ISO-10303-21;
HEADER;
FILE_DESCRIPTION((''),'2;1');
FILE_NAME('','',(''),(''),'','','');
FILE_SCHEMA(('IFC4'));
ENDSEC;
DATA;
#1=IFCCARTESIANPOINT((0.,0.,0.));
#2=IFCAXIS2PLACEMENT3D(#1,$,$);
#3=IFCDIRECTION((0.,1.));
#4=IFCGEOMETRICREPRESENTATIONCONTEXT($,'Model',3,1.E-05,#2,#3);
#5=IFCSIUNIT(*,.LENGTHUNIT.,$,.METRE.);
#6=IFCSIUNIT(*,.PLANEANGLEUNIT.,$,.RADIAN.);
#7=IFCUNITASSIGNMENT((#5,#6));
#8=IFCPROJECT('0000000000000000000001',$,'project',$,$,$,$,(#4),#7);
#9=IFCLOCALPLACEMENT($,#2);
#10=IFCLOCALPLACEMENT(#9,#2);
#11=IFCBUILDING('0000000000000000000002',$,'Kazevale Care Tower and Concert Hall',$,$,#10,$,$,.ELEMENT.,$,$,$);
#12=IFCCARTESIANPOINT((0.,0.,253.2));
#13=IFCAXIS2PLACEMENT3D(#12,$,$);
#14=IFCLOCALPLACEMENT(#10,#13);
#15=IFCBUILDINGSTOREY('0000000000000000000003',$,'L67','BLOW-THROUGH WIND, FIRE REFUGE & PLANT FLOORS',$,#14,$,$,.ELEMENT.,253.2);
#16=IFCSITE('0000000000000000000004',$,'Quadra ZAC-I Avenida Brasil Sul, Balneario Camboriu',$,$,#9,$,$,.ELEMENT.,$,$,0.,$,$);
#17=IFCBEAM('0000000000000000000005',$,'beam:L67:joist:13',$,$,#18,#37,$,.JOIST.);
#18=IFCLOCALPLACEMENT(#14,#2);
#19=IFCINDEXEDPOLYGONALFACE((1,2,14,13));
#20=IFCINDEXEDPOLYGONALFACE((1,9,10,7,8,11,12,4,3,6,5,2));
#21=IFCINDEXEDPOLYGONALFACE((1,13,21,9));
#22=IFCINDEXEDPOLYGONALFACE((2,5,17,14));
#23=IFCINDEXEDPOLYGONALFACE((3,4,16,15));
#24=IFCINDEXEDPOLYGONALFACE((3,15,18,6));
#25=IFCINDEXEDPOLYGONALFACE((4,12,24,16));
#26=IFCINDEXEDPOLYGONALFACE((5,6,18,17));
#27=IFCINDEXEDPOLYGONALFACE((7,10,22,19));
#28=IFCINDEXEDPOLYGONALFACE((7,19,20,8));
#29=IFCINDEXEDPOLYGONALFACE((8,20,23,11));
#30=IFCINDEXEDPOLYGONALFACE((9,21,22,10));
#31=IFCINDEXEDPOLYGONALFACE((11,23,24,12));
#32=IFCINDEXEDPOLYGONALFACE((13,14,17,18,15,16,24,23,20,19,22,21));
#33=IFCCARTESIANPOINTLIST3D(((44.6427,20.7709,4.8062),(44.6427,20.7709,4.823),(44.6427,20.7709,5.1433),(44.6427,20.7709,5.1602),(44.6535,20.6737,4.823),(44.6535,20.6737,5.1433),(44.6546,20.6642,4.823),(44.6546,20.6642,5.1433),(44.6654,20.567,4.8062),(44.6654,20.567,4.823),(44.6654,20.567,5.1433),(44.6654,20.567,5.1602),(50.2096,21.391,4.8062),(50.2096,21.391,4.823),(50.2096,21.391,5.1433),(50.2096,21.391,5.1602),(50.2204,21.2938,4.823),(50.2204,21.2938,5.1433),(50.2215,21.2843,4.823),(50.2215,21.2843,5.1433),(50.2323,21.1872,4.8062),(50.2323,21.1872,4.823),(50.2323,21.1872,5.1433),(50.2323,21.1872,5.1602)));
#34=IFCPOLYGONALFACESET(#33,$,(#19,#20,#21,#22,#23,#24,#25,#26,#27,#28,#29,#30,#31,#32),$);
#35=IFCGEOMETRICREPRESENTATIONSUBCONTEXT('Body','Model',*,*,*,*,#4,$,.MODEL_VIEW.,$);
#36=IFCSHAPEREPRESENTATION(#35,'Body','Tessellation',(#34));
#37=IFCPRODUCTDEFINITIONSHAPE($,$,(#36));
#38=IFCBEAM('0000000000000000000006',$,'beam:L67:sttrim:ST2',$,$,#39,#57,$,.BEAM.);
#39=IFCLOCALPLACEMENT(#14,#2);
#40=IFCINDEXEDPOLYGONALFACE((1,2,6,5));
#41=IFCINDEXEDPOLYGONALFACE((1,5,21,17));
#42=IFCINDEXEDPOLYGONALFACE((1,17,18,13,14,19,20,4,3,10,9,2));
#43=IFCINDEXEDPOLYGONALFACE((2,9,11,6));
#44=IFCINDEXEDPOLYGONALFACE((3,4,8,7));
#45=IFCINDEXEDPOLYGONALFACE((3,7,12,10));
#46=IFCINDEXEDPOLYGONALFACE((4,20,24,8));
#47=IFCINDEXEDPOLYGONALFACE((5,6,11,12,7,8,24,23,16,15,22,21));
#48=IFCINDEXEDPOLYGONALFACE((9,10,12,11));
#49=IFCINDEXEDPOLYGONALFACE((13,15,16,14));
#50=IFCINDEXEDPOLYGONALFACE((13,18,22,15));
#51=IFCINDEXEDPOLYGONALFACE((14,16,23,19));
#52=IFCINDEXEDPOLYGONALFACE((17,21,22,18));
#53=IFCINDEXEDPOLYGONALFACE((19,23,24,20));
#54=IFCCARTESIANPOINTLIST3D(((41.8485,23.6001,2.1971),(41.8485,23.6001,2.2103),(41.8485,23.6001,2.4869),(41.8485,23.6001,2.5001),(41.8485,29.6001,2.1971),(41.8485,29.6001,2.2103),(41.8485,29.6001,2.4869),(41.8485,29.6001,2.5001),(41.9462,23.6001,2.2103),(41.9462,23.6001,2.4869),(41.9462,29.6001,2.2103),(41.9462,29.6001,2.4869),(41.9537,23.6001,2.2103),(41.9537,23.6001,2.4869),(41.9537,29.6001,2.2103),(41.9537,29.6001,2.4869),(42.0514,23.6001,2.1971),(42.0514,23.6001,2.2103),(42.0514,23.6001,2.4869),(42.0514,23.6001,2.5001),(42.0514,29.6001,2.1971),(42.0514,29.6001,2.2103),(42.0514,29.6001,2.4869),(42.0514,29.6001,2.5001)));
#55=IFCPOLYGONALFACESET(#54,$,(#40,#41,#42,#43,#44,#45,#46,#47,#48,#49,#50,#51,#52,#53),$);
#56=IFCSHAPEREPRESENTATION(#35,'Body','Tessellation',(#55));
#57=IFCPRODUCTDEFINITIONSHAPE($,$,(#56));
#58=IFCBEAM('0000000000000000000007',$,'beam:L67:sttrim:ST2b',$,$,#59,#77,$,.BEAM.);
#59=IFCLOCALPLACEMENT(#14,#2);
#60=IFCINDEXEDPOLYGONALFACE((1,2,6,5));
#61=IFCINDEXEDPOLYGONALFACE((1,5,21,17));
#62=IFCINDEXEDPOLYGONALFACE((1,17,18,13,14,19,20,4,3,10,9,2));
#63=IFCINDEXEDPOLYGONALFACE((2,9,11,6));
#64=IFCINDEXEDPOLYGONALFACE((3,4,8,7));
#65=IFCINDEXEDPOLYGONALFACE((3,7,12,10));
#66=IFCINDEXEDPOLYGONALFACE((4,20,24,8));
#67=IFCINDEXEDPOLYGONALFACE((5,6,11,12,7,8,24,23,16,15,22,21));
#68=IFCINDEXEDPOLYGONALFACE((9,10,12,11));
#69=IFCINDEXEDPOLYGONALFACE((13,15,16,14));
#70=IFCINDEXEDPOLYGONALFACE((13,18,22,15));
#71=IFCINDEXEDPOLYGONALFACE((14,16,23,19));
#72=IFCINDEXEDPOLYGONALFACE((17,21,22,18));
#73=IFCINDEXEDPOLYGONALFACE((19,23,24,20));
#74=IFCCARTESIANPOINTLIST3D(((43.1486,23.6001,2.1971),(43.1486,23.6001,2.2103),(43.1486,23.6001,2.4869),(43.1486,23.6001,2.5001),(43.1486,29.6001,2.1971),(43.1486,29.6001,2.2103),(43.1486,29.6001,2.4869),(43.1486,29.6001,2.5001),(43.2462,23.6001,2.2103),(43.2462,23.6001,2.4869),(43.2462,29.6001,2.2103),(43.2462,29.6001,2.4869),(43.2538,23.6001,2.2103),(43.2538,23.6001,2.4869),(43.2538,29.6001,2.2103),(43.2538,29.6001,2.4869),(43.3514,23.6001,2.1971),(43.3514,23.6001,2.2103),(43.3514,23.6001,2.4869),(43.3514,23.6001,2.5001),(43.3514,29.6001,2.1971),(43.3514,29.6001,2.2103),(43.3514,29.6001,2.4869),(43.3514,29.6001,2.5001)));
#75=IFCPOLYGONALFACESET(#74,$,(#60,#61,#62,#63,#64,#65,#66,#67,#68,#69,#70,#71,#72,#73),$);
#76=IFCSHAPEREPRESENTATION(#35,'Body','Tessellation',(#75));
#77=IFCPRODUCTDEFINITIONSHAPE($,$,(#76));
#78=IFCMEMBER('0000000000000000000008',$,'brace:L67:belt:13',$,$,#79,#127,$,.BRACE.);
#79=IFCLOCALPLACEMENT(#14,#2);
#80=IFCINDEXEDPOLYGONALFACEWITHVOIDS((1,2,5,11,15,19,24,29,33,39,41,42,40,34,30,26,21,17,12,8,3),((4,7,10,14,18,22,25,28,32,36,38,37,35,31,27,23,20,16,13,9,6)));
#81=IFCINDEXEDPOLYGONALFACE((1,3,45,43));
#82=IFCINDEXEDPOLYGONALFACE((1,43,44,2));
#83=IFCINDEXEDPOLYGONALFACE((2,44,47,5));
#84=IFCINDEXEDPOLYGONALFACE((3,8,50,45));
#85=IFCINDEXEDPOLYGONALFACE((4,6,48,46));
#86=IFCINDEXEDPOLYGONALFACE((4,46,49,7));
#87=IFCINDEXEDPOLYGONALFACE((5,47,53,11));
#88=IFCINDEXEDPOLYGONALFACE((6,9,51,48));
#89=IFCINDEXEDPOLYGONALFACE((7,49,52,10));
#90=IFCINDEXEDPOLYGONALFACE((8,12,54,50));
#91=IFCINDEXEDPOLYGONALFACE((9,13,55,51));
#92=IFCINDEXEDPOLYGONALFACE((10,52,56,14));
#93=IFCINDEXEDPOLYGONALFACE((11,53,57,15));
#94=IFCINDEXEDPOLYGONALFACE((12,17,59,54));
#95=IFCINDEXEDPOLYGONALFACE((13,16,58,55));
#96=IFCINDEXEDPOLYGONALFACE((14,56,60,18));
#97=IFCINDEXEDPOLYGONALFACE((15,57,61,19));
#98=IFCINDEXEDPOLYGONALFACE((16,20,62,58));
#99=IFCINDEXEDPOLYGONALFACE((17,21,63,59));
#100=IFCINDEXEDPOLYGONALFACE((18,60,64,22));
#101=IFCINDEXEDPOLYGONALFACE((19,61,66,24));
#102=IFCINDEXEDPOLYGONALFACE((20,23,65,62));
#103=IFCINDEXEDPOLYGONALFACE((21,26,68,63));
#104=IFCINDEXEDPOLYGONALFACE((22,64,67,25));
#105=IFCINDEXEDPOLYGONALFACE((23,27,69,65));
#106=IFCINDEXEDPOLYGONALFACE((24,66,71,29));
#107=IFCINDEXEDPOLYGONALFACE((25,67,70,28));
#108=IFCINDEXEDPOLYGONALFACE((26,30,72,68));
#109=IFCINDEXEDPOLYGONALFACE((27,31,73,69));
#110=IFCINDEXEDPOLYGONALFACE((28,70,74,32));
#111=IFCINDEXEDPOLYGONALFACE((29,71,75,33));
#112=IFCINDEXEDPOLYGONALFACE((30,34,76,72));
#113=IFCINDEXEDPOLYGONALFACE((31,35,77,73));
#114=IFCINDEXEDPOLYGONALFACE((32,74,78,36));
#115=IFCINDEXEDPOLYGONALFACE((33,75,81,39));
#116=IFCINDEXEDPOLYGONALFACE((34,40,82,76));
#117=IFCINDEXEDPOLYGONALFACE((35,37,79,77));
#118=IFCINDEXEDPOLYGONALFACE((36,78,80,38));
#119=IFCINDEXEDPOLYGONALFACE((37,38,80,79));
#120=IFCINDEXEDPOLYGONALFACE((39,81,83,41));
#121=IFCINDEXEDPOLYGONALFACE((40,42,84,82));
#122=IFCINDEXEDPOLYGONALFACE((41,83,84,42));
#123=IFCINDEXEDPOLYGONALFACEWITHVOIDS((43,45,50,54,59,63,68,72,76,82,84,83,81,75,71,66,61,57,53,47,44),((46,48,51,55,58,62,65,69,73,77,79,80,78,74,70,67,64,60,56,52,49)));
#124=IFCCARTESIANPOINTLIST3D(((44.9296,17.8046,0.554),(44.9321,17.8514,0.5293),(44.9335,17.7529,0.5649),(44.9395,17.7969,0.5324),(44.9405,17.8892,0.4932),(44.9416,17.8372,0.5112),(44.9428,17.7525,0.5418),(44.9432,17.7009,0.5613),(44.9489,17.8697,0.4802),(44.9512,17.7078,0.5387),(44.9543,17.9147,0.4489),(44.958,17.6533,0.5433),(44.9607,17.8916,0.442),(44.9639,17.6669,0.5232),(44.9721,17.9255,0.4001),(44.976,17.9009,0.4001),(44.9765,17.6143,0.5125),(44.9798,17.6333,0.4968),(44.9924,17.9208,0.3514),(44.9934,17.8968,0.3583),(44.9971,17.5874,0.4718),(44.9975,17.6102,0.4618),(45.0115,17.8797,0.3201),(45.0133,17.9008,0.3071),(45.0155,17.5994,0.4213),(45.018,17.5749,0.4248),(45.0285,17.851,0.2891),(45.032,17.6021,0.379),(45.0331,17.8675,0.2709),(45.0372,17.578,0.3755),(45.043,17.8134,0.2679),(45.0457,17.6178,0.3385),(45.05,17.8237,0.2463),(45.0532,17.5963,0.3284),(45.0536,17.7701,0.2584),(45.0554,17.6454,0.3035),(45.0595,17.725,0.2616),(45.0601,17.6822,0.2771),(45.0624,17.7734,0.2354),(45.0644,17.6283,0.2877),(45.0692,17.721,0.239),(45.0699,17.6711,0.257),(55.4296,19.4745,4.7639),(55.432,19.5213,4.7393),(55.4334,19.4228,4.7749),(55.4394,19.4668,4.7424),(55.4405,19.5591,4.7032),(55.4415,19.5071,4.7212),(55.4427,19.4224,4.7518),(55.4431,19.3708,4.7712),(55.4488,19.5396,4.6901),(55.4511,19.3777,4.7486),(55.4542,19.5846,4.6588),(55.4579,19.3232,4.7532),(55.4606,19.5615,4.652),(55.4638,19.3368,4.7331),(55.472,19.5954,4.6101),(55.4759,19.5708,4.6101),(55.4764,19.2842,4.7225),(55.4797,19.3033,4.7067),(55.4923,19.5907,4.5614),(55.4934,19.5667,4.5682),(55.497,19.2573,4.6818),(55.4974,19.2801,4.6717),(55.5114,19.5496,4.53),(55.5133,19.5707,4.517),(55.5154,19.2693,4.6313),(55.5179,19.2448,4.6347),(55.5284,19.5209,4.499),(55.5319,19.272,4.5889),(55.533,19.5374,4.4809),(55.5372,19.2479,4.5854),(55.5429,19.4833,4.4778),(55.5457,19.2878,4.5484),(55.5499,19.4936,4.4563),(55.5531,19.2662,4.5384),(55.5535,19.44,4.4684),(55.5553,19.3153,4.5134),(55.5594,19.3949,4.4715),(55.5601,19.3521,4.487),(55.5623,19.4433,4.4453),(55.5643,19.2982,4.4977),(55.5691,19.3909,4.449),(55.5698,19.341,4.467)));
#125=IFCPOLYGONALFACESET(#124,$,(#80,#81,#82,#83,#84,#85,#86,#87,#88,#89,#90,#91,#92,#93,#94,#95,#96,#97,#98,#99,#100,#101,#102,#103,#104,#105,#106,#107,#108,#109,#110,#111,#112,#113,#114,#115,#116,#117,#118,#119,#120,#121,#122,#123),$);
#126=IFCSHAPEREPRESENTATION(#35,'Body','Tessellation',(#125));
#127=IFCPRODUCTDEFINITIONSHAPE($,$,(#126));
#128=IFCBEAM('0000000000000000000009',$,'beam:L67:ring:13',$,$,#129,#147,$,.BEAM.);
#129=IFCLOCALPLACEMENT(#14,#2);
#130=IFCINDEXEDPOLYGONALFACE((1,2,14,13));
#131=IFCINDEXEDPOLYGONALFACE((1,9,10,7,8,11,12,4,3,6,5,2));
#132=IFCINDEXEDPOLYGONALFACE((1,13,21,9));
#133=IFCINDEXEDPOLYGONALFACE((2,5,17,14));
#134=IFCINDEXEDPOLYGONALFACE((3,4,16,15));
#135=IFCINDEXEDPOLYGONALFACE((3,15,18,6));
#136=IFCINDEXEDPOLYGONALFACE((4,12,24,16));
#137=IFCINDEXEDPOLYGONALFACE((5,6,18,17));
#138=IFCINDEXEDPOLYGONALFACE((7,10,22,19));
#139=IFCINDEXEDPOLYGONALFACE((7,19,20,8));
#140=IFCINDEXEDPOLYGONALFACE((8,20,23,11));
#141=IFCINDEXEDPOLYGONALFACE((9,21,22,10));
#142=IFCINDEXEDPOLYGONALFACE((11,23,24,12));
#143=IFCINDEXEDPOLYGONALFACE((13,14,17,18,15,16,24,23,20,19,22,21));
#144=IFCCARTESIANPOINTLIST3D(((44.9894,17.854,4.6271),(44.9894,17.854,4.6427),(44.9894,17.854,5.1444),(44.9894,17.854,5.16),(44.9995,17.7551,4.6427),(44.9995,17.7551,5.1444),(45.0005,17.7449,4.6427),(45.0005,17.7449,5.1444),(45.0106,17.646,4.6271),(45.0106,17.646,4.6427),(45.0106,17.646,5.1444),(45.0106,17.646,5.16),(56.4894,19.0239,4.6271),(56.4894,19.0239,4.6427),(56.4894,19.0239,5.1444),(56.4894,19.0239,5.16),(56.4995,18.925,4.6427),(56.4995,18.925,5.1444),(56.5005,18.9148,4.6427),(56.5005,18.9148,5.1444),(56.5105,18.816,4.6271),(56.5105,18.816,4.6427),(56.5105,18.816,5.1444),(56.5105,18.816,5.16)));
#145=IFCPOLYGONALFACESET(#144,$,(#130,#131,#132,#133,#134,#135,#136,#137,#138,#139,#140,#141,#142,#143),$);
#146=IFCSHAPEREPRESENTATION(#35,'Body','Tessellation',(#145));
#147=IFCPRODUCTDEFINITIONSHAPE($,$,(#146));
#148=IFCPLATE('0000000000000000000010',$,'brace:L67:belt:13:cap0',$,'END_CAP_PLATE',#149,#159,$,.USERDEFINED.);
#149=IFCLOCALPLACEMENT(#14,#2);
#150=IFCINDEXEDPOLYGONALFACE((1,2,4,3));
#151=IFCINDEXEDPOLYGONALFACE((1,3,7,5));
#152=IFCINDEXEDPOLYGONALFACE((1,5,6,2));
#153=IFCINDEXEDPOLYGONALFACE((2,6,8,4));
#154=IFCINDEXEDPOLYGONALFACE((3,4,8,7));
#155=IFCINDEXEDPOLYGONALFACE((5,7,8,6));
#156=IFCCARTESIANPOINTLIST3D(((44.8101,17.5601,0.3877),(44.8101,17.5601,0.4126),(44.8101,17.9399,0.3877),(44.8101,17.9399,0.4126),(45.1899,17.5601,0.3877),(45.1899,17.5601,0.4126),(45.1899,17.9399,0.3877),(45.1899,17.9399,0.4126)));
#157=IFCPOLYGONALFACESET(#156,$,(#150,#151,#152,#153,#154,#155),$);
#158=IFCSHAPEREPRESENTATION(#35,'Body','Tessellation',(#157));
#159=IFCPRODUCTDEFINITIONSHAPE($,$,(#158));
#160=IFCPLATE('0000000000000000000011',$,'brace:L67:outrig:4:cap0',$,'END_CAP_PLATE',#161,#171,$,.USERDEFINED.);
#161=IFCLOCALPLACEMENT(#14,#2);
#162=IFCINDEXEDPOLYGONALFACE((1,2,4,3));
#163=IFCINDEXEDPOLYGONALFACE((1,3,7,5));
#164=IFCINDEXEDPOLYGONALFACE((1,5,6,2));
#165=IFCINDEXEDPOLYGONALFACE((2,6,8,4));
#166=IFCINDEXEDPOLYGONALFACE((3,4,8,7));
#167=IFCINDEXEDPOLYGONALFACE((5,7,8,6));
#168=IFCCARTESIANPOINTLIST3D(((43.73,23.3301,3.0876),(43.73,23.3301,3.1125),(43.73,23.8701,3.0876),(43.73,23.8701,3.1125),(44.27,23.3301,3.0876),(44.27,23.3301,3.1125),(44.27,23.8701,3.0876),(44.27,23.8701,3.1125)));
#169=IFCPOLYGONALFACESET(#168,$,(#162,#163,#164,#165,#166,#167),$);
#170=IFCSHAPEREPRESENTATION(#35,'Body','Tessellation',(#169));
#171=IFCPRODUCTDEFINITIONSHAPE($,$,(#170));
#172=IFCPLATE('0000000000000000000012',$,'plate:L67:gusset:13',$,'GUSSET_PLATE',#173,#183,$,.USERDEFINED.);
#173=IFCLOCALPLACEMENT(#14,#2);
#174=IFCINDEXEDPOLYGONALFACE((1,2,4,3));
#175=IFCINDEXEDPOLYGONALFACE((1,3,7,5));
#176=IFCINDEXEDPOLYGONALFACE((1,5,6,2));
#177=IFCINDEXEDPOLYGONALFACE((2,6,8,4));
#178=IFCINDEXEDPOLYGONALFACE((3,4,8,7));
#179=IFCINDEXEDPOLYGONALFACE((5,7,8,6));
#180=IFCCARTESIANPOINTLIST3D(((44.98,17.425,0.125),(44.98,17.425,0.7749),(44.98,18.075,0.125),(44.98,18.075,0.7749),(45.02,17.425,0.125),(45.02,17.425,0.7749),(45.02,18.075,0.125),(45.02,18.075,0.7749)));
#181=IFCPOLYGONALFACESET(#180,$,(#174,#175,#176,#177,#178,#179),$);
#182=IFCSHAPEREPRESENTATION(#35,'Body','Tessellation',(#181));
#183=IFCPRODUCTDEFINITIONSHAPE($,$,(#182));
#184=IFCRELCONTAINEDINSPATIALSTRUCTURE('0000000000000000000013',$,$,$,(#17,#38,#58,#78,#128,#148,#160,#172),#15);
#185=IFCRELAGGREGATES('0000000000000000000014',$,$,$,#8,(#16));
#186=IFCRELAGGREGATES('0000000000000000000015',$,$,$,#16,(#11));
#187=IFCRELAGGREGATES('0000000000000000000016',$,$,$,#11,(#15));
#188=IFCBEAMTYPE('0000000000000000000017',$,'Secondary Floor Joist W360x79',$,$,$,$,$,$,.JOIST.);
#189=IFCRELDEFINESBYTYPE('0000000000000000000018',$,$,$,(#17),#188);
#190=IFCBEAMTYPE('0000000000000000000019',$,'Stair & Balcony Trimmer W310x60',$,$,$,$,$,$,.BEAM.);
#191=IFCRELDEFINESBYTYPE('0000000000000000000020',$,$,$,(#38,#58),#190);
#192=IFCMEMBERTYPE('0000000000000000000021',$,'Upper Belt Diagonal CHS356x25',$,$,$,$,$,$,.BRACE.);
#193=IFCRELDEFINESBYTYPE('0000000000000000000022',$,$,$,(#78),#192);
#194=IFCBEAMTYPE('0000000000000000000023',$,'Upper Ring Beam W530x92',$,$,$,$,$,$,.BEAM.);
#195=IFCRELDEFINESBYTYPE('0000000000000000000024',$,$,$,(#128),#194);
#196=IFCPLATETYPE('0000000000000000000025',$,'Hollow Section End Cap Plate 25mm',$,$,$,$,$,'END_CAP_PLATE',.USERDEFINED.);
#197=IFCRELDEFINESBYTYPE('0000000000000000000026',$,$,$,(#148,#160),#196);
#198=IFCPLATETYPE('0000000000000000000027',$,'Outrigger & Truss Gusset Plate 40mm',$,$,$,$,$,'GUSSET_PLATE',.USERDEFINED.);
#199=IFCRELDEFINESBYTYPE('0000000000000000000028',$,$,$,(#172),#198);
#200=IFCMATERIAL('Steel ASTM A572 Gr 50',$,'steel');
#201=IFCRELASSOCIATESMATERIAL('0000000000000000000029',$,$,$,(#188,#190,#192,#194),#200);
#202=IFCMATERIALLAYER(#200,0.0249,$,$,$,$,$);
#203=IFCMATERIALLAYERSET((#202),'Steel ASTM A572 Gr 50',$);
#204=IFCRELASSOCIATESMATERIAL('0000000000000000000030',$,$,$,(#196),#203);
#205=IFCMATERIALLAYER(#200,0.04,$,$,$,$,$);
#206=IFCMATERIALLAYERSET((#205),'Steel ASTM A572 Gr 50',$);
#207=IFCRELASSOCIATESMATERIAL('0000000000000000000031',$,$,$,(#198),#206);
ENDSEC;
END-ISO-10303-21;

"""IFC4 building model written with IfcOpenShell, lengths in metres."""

from ifc_helpers import new_model, si_unit, direction, frame, origin, origin_2d, place, context, subcontext, project, spatial, rectangle, hollow_circle, i_section, extrude, material, layer, layer_set, material_profile, profile_set, type_object, element, save


model = new_model("IFC4")

# Units and contexts
model_context = context("Model", 3, precision=1e-05, world=origin(), true_north=direction((0.0, 1.0)))
body_context = subcontext(model_context, "Body", "Model", "MODEL_VIEW")
ifc_project = project(units=[si_unit("LENGTHUNIT", "METRE"), si_unit("PLANEANGLEUNIT", "RADIAN")], contexts=[model_context])

# Site, building, storey
site_placement = place(None, origin())
site = spatial("IfcSite", under=ifc_project, at=site_placement, Name="Quadra ZAC-I Avenida Brasil Sul, Balneario Camboriu", CompositionType="ELEMENT", RefElevation=0.0)
building_placement = place(site_placement, origin())
building = spatial("IfcBuilding", under=site, at=building_placement, Name="Kazevale Care Tower and Concert Hall", CompositionType="ELEMENT")
storey_placement = place(building_placement, frame((0.0, 0.0, 253.2)))
storey = spatial("IfcBuildingStorey", under=building, at=storey_placement, Name="L67", Description="BLOW-THROUGH WIND, FIRE REFUGE & PLANT FLOORS", CompositionType="ELEMENT", Elevation=253.2)

# Shared definitions
ifc_material_1 = material(Name="Steel ASTM A572 Gr 50", Category="steel")

# Beams
ifc_material_profile_1 = material_profile(ifc_material_1, i_section(OverallWidth=0.2051, OverallDepth=0.354, WebThickness=0.0095, FlangeThickness=0.0168, at=origin_2d()), Name="W360x79")
ifc_profile_set_1 = profile_set([ifc_material_profile_1], Name="Steel ASTM A572 Gr 50")
beam_type_1 = type_object("IfcBeamType", Name="Secondary Floor Joist W360x79", PredefinedType="JOIST", material=ifc_profile_set_1)
beam_1_placement = place(storey_placement, frame((44.6541, 20.6689, 4.9832), z_axis=(0.993853, 0.110709, 0.0), x_axis=(-0.110709, 0.993853, 0.0)))
element("IfcBeam", 1, at=beam_1_placement, inside=storey, type_object=beam_type_1, Name="beam:L67:joist:13", PredefinedType="JOIST", context=body_context, shape_type="SweptSolid", body=[
    extrude(i_section(OverallWidth=0.2051, OverallDepth=0.354, WebThickness=0.0095, FlangeThickness=0.0168, at=origin_2d()), origin(), (0.0, 0.0, 1.0), 5.6013),
])
ifc_material_profile_2 = material_profile(ifc_material_1, i_section(OverallWidth=0.2029, OverallDepth=0.303, WebThickness=0.0076, FlangeThickness=0.0132, at=origin_2d()), Name="W310x60")
ifc_profile_set_2 = profile_set([ifc_material_profile_2], Name="Steel ASTM A572 Gr 50")
beam_type_2 = type_object("IfcBeamType", Name="Stair & Balcony Trimmer W310x60", PredefinedType="BEAM", material=ifc_profile_set_2)
for number, where, z_axis, x_axis, name in (
    (2, (41.95, 23.6001, 2.3486), (0.0, 1.0, 0.0), (-1.0, 0.0, 0.0), "beam:L67:sttrim:ST2"),
    (3, (43.25, 23.6001, 2.3486), (0.0, 1.0, 0.0), (-1.0, 0.0, 0.0), "beam:L67:sttrim:ST2b"),
):
    element("IfcBeam", number, at=place(storey_placement, frame(where, z_axis=z_axis, x_axis=x_axis)), inside=storey, type_object=beam_type_2, Name=name, PredefinedType="BEAM", context=body_context, shape_type="SweptSolid", body=[
        extrude(i_section(OverallWidth=0.2029, OverallDepth=0.303, WebThickness=0.0076, FlangeThickness=0.0132, at=origin_2d()), origin(), (0.0, 0.0, 1.0), 6.0),
    ])

# Member
ifc_material_profile_3 = material_profile(ifc_material_1, hollow_circle(Radius=0.1777, WallThickness=0.0249, at=origin_2d()), Name="CHS356x25")
ifc_profile_set_3 = profile_set([ifc_material_profile_3], Name="Steel ASTM A572 Gr 50")
member_type_1 = type_object("IfcMemberType", Name="Upper Belt Diagonal CHS356x25", PredefinedType="BRACE", material=ifc_profile_set_3)
member_1_placement = place(storey_placement, frame((45.0, 17.75, 0.4001), z_axis=(0.918222, 0.146034, 0.36816), x_axis=(-0.157066, 0.987588, 0.0)))
element("IfcMember", 4, at=member_1_placement, inside=storey, type_object=member_type_1, Name="brace:L67:belt:13", PredefinedType="BRACE", context=body_context, shape_type="SweptSolid", body=[
    extrude(hollow_circle(Radius=0.1777, WallThickness=0.0249, at=origin_2d()), origin(), (0.0, 0.0, 1.0), 11.4351),
])

# Beam
ifc_material_profile_4 = material_profile(ifc_material_1, i_section(OverallWidth=0.209, OverallDepth=0.533, WebThickness=0.0103, FlangeThickness=0.0156, at=origin_2d()), Name="W530x92")
ifc_profile_set_4 = profile_set([ifc_material_profile_4], Name="Steel ASTM A572 Gr 50")
beam_type_3 = type_object("IfcBeamType", Name="Upper Ring Beam W530x92", PredefinedType="BEAM", material=ifc_profile_set_4)
beam_2_placement = place(storey_placement, frame((45.0, 17.75, 4.8936), z_axis=(0.994865, 0.10121, 0.0), x_axis=(-0.10121, 0.994865, 0.0)))
element("IfcBeam", 5, at=beam_2_placement, inside=storey, type_object=beam_type_3, Name="beam:L67:ring:13", PredefinedType="BEAM", context=body_context, shape_type="SweptSolid", body=[
    extrude(i_section(OverallWidth=0.209, OverallDepth=0.533, WebThickness=0.0103, FlangeThickness=0.0156, at=origin_2d()), origin(), (0.0, 0.0, 1.0), 11.5593),
])

# Plates
ifc_layer_1 = layer(ifc_material_1, 0.0249)
ifc_layer_set_1 = layer_set([ifc_layer_1], Name="Steel ASTM A572 Gr 50")
plate_type_1 = type_object("IfcPlateType", Name="Hollow Section End Cap Plate 25mm", ElementType="END_CAP_PLATE", PredefinedType="USERDEFINED", material=ifc_layer_set_1)
plate_1_placement = place(storey_placement, frame((45.0, 17.75, 0.3877), z_axis=(0.0, 0.0, 1.0), x_axis=(1.0, 0.0, 0.0)))
element("IfcPlate", 6, at=plate_1_placement, inside=storey, type_object=plate_type_1, Name="brace:L67:belt:13:cap0", ObjectType="END_CAP_PLATE", PredefinedType="USERDEFINED", context=body_context, shape_type="SweptSolid", body=[
    extrude(rectangle(XDim=0.3799, YDim=0.3799, at=origin_2d()), origin(), (0.0, 0.0, 1.0), 0.0249),
])
plate_2_placement = place(storey_placement, frame((44.0, 23.6001, 3.0876), z_axis=(0.0, 0.0, 1.0), x_axis=(1.0, 0.0, 0.0)))
element("IfcPlate", 7, at=plate_2_placement, inside=storey, type_object=plate_type_1, Name="brace:L67:outrig:4:cap0", ObjectType="END_CAP_PLATE", PredefinedType="USERDEFINED", context=body_context, shape_type="SweptSolid", body=[
    extrude(rectangle(XDim=0.54, YDim=0.54, at=origin_2d()), origin(), (0.0, 0.0, 1.0), 0.0249),
])
ifc_layer_2 = layer(ifc_material_1, 0.04)
ifc_layer_set_2 = layer_set([ifc_layer_2], Name="Steel ASTM A572 Gr 50")
plate_type_2 = type_object("IfcPlateType", Name="Outrigger & Truss Gusset Plate 40mm", ElementType="GUSSET_PLATE", PredefinedType="USERDEFINED", material=ifc_layer_set_2)
plate_3_placement = place(storey_placement, frame((45.0, 17.75, 0.125), z_axis=(0.0, 0.0, 1.0), x_axis=(0.0, -1.0, 0.0)))
element("IfcPlate", 8, at=plate_3_placement, inside=storey, type_object=plate_type_2, Name="plate:L67:gusset:13", ObjectType="GUSSET_PLATE", PredefinedType="USERDEFINED", context=body_context, shape_type="SweptSolid", body=[
    extrude(rectangle(XDim=0.6499, YDim=0.04, at=origin_2d()), origin(), (0.0, 0.0, 1.0), 0.6499),
])

save(model, "model.ifc")
